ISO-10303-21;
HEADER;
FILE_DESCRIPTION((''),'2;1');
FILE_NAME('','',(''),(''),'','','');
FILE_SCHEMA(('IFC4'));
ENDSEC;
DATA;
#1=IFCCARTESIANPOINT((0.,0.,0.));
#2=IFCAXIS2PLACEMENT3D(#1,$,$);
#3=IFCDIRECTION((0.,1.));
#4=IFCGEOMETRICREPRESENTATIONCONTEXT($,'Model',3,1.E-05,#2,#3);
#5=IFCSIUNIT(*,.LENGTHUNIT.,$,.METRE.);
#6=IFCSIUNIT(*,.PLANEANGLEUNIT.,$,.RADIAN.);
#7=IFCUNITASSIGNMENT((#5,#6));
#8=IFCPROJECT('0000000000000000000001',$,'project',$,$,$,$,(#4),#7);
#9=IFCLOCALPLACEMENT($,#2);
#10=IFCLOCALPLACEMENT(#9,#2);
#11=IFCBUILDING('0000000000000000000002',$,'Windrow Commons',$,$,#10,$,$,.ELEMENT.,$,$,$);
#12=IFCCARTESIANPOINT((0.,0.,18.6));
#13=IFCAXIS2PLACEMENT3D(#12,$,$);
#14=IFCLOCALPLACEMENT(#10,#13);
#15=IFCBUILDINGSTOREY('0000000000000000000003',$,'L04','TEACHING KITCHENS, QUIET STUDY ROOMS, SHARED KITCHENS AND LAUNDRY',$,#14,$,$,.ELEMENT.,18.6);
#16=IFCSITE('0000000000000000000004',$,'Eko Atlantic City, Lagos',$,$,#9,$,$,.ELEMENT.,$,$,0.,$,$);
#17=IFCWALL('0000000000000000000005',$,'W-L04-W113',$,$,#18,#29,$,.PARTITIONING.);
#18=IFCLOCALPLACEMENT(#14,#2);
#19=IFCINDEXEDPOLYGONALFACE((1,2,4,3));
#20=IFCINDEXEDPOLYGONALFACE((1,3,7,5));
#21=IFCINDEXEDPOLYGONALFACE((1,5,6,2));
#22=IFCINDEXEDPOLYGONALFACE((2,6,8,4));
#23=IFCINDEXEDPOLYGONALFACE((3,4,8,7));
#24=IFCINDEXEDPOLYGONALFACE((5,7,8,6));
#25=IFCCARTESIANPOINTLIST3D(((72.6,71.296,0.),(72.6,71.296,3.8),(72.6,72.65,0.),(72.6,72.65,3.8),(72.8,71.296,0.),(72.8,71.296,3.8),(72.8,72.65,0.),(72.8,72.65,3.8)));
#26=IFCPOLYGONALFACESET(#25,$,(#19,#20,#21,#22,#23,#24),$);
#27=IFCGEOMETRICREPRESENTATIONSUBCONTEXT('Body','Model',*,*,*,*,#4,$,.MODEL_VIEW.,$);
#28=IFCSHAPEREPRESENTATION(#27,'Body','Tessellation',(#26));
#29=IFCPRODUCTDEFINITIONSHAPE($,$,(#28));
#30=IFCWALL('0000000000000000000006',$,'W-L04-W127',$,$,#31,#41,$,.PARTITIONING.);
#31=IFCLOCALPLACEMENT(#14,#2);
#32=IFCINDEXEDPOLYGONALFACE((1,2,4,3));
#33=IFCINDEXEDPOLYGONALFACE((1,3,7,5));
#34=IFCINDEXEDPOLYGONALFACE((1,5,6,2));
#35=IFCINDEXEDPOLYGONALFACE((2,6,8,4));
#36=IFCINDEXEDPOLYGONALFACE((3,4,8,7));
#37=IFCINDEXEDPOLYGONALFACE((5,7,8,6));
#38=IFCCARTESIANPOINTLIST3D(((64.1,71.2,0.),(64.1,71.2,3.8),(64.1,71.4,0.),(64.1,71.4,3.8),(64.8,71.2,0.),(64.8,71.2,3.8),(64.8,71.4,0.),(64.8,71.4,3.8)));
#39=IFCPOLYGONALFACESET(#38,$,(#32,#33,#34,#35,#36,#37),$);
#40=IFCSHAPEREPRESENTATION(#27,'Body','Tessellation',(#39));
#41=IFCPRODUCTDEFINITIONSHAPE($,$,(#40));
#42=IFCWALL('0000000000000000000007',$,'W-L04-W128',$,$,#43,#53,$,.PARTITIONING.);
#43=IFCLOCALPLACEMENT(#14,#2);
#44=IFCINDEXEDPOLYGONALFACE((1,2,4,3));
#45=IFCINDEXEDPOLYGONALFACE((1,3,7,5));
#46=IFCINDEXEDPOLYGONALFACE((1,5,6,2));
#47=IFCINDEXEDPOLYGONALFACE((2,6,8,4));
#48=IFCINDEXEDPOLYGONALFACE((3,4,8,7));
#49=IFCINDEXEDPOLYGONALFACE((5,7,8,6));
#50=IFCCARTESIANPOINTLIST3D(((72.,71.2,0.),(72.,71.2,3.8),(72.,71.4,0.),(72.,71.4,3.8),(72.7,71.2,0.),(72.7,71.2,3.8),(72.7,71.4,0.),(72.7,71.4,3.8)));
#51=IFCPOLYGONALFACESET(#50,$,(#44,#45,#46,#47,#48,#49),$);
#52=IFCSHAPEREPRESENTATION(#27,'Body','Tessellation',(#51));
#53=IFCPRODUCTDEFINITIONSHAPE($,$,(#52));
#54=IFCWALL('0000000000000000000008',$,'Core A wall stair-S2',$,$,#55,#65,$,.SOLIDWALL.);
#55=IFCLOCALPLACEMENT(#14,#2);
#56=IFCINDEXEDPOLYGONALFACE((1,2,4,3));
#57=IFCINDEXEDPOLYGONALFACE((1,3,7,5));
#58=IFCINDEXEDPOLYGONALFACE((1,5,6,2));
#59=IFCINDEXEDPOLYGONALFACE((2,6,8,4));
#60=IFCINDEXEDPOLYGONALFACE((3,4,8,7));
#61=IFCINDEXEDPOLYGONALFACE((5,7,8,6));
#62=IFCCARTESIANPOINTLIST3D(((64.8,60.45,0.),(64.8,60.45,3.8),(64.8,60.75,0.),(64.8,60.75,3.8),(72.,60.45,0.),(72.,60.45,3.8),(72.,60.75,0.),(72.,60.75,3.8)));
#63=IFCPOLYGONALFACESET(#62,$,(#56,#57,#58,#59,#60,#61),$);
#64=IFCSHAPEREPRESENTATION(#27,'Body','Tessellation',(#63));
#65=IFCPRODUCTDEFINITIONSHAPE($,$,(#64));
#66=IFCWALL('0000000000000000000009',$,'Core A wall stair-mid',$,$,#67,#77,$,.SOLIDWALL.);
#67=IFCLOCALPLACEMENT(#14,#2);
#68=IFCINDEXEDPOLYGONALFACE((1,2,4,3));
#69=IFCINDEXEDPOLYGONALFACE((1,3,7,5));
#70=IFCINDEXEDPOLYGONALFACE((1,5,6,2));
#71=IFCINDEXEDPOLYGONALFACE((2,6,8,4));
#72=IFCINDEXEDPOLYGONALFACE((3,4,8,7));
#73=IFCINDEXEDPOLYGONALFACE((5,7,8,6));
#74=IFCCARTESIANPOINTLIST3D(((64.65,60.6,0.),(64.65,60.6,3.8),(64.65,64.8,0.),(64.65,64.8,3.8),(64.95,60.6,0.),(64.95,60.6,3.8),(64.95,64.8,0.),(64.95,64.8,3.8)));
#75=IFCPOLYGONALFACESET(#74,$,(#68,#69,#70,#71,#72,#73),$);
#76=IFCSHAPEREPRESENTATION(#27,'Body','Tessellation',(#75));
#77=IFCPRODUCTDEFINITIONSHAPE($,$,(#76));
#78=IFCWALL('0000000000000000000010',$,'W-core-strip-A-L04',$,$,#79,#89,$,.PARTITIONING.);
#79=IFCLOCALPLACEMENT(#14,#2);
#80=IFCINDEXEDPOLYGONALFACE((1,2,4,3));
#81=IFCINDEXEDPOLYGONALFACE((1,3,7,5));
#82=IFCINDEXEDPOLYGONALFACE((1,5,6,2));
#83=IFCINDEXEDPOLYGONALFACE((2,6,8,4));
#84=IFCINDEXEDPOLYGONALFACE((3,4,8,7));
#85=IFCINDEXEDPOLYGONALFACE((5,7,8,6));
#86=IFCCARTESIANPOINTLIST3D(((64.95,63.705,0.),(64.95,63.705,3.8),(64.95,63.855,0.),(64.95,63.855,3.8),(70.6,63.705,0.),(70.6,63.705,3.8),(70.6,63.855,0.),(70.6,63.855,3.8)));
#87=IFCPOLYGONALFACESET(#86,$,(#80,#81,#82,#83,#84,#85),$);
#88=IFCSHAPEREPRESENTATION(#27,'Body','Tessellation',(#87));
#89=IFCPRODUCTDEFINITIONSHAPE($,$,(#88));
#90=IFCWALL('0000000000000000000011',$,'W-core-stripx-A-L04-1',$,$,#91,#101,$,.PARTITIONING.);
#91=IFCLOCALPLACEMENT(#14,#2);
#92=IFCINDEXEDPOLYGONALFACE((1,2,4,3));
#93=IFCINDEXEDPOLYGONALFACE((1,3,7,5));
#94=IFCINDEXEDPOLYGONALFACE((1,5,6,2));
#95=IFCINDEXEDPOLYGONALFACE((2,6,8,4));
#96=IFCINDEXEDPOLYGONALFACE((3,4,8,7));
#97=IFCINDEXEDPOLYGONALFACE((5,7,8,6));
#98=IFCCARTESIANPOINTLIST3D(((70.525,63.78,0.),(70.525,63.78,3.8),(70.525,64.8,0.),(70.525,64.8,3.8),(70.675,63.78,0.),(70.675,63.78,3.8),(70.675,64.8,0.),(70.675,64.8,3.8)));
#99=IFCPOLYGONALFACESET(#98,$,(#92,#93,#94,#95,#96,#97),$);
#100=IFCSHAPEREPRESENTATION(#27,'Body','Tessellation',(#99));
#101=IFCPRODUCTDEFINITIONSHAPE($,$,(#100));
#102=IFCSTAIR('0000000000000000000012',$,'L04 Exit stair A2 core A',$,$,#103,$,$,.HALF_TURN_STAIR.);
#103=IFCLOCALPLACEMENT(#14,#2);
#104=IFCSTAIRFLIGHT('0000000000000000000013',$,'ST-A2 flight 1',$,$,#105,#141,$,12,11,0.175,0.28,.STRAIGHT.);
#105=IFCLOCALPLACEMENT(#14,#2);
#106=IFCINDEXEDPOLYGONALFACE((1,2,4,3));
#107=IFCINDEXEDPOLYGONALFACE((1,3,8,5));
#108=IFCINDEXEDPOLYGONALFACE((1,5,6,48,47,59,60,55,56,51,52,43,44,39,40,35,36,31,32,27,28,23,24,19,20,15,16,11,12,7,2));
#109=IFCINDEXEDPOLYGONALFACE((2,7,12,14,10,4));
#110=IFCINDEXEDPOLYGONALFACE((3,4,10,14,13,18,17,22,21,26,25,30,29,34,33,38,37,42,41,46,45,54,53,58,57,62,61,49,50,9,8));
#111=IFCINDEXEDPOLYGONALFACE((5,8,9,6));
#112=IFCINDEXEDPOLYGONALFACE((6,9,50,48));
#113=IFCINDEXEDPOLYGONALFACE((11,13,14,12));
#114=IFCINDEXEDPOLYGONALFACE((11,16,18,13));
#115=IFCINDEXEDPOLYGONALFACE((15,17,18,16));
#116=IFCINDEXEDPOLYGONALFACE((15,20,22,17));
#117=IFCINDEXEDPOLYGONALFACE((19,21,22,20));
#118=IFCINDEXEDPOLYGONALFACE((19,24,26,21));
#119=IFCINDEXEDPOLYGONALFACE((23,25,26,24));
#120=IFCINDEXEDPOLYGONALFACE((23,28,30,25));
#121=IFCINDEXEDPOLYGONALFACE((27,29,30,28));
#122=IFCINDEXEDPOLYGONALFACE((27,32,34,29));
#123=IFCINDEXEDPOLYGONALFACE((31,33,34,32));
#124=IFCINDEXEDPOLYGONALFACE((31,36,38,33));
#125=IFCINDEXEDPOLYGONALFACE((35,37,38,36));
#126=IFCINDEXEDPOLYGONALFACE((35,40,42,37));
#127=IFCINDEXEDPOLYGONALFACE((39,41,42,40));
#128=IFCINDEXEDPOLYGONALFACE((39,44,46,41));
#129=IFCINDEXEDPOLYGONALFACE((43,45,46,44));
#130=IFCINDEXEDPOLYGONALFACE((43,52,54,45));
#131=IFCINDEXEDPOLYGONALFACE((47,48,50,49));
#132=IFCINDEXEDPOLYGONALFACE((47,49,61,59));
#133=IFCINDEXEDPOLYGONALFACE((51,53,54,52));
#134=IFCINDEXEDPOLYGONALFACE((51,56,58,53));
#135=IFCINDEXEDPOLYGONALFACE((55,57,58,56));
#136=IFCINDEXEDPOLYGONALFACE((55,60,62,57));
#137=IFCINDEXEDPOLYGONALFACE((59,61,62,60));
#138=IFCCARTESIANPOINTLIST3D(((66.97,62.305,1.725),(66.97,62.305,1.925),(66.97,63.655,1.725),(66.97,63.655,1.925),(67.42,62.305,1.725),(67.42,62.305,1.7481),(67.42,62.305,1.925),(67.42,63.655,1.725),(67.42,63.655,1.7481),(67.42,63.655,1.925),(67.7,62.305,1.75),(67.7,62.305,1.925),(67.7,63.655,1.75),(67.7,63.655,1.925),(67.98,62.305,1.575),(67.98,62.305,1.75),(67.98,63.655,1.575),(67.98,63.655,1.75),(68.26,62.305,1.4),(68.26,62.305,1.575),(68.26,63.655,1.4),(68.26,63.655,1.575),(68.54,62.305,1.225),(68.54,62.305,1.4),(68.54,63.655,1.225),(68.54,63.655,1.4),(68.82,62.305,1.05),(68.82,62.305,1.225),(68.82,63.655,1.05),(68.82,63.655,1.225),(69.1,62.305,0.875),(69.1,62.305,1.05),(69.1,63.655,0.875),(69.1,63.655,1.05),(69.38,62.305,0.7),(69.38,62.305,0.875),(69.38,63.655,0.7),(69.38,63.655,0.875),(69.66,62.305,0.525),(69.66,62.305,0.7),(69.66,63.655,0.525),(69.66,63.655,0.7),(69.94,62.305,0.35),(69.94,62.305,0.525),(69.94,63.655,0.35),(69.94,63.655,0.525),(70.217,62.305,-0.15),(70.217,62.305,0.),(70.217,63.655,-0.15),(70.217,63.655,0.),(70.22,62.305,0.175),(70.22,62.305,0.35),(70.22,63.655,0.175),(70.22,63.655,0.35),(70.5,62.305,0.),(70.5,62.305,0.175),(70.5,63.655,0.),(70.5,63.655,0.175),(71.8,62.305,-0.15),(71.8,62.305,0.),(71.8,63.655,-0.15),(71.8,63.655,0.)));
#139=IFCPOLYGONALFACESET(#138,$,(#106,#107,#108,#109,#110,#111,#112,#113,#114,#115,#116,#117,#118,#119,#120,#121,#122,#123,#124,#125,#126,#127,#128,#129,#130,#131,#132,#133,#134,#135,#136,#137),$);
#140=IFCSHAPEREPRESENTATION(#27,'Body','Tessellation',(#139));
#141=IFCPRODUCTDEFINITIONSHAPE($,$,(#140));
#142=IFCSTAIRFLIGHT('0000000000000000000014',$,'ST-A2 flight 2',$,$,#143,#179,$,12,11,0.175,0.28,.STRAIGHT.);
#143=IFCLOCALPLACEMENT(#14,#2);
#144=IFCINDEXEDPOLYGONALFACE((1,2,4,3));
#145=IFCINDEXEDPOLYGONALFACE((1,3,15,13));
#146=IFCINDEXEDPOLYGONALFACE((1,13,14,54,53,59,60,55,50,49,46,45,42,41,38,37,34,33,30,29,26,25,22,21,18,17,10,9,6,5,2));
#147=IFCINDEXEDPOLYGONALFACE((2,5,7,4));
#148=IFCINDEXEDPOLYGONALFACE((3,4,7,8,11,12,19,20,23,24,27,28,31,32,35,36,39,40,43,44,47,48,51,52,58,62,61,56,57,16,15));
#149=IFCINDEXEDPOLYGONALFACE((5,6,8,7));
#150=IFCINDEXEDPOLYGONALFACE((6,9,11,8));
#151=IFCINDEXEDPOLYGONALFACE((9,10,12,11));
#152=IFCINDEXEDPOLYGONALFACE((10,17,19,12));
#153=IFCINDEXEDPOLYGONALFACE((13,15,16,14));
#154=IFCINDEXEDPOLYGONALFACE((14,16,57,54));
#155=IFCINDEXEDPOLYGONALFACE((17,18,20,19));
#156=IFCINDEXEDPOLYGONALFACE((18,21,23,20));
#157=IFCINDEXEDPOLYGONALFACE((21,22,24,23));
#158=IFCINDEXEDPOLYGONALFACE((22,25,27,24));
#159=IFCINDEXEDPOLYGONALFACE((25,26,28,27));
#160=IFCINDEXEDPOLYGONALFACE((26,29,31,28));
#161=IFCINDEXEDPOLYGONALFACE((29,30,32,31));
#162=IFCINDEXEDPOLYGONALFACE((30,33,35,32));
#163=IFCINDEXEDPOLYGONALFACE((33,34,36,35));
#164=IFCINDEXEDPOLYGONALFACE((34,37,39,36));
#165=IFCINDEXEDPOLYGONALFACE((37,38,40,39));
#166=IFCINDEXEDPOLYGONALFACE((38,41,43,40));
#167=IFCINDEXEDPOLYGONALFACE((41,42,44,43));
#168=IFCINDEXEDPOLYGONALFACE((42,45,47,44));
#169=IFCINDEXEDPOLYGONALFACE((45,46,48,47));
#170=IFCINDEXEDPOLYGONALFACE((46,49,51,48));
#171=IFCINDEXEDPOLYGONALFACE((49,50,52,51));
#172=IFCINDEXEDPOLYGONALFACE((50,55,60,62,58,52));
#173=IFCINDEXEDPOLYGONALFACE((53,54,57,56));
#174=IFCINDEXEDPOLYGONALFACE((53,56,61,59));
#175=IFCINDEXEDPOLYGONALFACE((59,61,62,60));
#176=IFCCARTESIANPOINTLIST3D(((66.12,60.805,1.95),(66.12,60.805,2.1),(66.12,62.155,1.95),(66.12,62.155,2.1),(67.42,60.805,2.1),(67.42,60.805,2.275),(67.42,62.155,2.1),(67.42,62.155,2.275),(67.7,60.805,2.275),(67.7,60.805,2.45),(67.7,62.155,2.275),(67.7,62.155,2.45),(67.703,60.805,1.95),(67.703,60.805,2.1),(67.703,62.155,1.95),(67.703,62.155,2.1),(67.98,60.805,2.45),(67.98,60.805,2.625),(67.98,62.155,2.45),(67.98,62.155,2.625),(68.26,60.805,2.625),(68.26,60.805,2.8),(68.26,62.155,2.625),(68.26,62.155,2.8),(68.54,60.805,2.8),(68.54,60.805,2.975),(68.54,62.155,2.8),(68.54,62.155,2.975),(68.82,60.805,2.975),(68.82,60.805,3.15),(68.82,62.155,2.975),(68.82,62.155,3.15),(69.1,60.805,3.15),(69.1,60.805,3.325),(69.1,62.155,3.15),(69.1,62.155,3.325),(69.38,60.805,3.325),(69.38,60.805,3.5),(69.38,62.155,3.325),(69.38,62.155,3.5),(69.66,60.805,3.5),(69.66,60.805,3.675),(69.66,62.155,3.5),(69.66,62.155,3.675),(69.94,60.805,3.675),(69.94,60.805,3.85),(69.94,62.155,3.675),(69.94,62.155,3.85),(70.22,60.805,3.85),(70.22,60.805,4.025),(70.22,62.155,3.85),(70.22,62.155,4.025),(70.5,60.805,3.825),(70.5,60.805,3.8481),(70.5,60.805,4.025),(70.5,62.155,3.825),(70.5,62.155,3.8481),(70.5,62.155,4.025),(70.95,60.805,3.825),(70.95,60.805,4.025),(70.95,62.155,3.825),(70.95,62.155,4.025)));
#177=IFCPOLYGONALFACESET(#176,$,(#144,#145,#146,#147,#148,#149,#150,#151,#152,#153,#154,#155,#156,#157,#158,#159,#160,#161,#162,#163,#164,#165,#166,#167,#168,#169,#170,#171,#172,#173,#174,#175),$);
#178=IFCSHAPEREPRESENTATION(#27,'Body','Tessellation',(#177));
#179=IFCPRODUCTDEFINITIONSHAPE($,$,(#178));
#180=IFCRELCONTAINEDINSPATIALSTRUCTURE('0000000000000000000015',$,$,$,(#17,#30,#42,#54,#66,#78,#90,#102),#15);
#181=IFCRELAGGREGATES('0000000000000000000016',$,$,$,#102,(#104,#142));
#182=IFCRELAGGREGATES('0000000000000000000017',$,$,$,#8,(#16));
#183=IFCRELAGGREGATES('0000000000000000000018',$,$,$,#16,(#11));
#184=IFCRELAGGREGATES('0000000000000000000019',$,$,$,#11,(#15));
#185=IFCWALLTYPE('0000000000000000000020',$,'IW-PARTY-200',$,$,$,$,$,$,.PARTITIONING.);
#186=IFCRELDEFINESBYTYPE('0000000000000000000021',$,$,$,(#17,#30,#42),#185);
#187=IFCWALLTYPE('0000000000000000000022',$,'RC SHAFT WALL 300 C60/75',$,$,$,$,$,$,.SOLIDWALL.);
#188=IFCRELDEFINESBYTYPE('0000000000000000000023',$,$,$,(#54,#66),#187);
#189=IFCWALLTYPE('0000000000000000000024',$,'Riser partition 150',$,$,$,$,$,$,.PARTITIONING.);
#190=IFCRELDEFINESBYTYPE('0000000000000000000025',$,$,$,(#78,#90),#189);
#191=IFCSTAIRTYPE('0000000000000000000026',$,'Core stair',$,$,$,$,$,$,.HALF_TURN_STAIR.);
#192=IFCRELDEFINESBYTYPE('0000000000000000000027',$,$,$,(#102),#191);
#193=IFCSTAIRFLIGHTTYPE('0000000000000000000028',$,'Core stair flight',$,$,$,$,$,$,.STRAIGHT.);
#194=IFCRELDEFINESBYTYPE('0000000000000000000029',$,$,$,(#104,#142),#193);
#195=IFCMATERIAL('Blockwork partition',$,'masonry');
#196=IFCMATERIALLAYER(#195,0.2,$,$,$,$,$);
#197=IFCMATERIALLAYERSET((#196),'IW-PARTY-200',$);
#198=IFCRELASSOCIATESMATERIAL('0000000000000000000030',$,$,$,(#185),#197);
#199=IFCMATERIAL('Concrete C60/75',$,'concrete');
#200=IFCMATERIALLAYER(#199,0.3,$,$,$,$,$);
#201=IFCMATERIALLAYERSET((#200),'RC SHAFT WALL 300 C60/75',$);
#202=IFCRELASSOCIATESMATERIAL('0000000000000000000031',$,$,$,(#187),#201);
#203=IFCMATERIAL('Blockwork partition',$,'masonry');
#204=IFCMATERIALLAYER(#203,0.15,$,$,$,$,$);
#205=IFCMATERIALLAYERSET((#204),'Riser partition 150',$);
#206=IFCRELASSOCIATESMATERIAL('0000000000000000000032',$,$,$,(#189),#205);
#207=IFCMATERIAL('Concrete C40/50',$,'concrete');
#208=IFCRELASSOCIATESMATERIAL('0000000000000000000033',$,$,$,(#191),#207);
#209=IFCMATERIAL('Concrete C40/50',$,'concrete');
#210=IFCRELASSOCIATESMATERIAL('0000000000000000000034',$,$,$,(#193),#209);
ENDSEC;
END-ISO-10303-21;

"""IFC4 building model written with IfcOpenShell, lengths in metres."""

from ifc_helpers import new_model, si_unit, direction, frame, frame_2d, origin, place, context, subcontext, project, spatial, polyline, rectangle, outline, extrude, material, layer, layer_set, type_object, element, aggregate, save


model = new_model("IFC4")

# Units and contexts
model_context = context("Model", 3, precision=1e-05, world=origin(), true_north=direction((0.0, 1.0)))
body_context = subcontext(model_context, "Body", "Model", "MODEL_VIEW")
ifc_project = project(units=[si_unit("LENGTHUNIT", "METRE"), si_unit("PLANEANGLEUNIT", "RADIAN")], contexts=[model_context])

# Site, building, storey
site_placement = place(None, origin())
site = spatial("IfcSite", under=ifc_project, at=site_placement, Name="Eko Atlantic City, Lagos", CompositionType="ELEMENT", RefElevation=0.0)
building_placement = place(site_placement, origin())
building = spatial("IfcBuilding", under=site, at=building_placement, Name="Windrow Commons", CompositionType="ELEMENT")
storey_placement = place(building_placement, frame((0.0, 0.0, 18.6)))
storey = spatial("IfcBuildingStorey", under=building, at=storey_placement, Name="L04", Description="TEACHING KITCHENS, QUIET STUDY ROOMS, SHARED KITCHENS AND LAUNDRY", CompositionType="ELEMENT", Elevation=18.6)

# Walls
ifc_material_1 = material(Name="Blockwork partition", Category="masonry")
ifc_layer_1 = layer(ifc_material_1, 0.2)
ifc_layer_set_1 = layer_set([ifc_layer_1], Name="IW-PARTY-200")
wall_type_1 = type_object("IfcWallType", Name="IW-PARTY-200", PredefinedType="PARTITIONING", material=ifc_layer_set_1)
wall_1_placement = place(storey_placement, frame((72.7, 71.296, 0.0), z_axis=(0.0, 0.0, 1.0), x_axis=(0.0, 1.0, 0.0)))
element("IfcWall", 1, at=wall_1_placement, inside=storey, type_object=wall_type_1, Name="W-L04-W113", PredefinedType="PARTITIONING", context=body_context, shape_type="SweptSolid", body=[
    extrude(rectangle(XDim=1.354, YDim=0.2, at=frame_2d((0.677, 0.0))), origin(), (0.0, 0.0, 1.0), 3.8),
])
for number, where, z_axis, x_axis, name in (
    (2, (64.1, 71.3, 0.0), (0.0, 0.0, 1.0), (1.0, 0.0, 0.0), "W-L04-W127"),
    (3, (72.0, 71.3, 0.0), (0.0, 0.0, 1.0), (1.0, 0.0, 0.0), "W-L04-W128"),
):
    element("IfcWall", number, at=place(storey_placement, frame(where, z_axis=z_axis, x_axis=x_axis)), inside=storey, type_object=wall_type_1, Name=name, PredefinedType="PARTITIONING", context=body_context, shape_type="SweptSolid", body=[
        extrude(rectangle(XDim=0.7, YDim=0.2, at=frame_2d((0.35, 0.0))), origin(), (0.0, 0.0, 1.0), 3.8),
    ])
ifc_material_2 = material(Name="Concrete C60/75", Category="concrete")
ifc_layer_2 = layer(ifc_material_2, 0.3)
ifc_layer_set_2 = layer_set([ifc_layer_2], Name="RC SHAFT WALL 300 C60/75")
wall_type_2 = type_object("IfcWallType", Name="RC SHAFT WALL 300 C60/75", PredefinedType="SOLIDWALL", material=ifc_layer_set_2)
wall_2_placement = place(storey_placement, frame((64.8, 60.6, 0.0), z_axis=(0.0, 0.0, 1.0), x_axis=(1.0, 0.0, 0.0)))
element("IfcWall", 4, at=wall_2_placement, inside=storey, type_object=wall_type_2, Name="Core A wall stair-S2", PredefinedType="SOLIDWALL", context=body_context, shape_type="SweptSolid", body=[
    extrude(rectangle(XDim=7.2, YDim=0.3, at=frame_2d((3.6, 0.0))), origin(), (0.0, 0.0, 1.0), 3.8),
])
wall_3_placement = place(storey_placement, frame((64.8, 60.6, 0.0), z_axis=(0.0, 0.0, 1.0), x_axis=(0.0, 1.0, 0.0)))
element("IfcWall", 5, at=wall_3_placement, inside=storey, type_object=wall_type_2, Name="Core A wall stair-mid", PredefinedType="SOLIDWALL", context=body_context, shape_type="SweptSolid", body=[
    extrude(rectangle(XDim=4.2, YDim=0.3, at=frame_2d((2.1, 0.0))), origin(), (0.0, 0.0, 1.0), 3.8),
])
ifc_material_3 = material(Name="Blockwork partition", Category="masonry")
ifc_layer_3 = layer(ifc_material_3, 0.15)
ifc_layer_set_3 = layer_set([ifc_layer_3], Name="Riser partition 150")
wall_type_3 = type_object("IfcWallType", Name="Riser partition 150", PredefinedType="PARTITIONING", material=ifc_layer_set_3)
wall_4_placement = place(storey_placement, frame((64.95, 63.78, 0.0), z_axis=(0.0, 0.0, 1.0), x_axis=(1.0, 0.0, 0.0)))
element("IfcWall", 6, at=wall_4_placement, inside=storey, type_object=wall_type_3, Name="W-core-strip-A-L04", PredefinedType="PARTITIONING", context=body_context, shape_type="SweptSolid", body=[
    extrude(rectangle(XDim=5.65, YDim=0.15, at=frame_2d((2.825, 0.0))), origin(), (0.0, 0.0, 1.0), 3.8),
])
wall_5_placement = place(storey_placement, frame((70.6, 63.78, 0.0), z_axis=(0.0, 0.0, 1.0), x_axis=(0.0, 1.0, 0.0)))
element("IfcWall", 7, at=wall_5_placement, inside=storey, type_object=wall_type_3, Name="W-core-stripx-A-L04-1", PredefinedType="PARTITIONING", context=body_context, shape_type="SweptSolid", body=[
    extrude(rectangle(XDim=1.02, YDim=0.15, at=frame_2d((0.51, 0.0))), origin(), (0.0, 0.0, 1.0), 3.8),
])

# Stair, stair flights
ifc_material_4 = material(Name="Concrete C40/50", Category="concrete")
stair_type = type_object("IfcStairType", Name="Core stair", PredefinedType="HALF_TURN_STAIR", material=ifc_material_4)
stair_placement = place(storey_placement, origin())
stair = element("IfcStair", 8, at=stair_placement, inside=storey, type_object=stair_type, Name="L04 Exit stair A2 core A", PredefinedType="HALF_TURN_STAIR")
ifc_material_5 = material(Name="Concrete C40/50", Category="concrete")
stair_flight_type = type_object("IfcStairFlightType", Name="Core stair flight", PredefinedType="STRAIGHT", material=ifc_material_5)
stair_flight_1_placement = place(storey_placement, frame((70.5, 62.98, 0.0), z_axis=(0.0, 0.0, 1.0), x_axis=(-1.0, 0.0, 0.0)))
stair_flight_1 = element("IfcStairFlight", 9, at=stair_flight_1_placement, type_object=stair_flight_type, Name="ST-A2 flight 1", NumberOfRisers=12, NumberOfTreads=11, PredefinedType="STRAIGHT", RiserHeight=0.175, TreadLength=0.28, context=body_context, shape_type="SweptSolid", body=[
    extrude(outline(polyline([(-1.3, -0.15), (-1.3, 0.0), (0.0, 0.0), (0.0, 0.175), (0.28, 0.175), (0.28, 0.35), (0.56, 0.35), (0.56, 0.525), (0.84, 0.525), (0.84, 0.7), (1.12, 0.7), (1.12, 0.875), (1.4, 0.875), (1.4, 1.05), (1.68, 1.05), (1.68, 1.225), (1.96, 1.225), (1.96, 1.4), (2.24, 1.4), (2.24, 1.575), (2.52, 1.575), (2.52, 1.75), (2.8, 1.75), (2.8, 1.925), (3.08, 1.925), (3.53, 1.925), (3.53, 1.725), (3.08, 1.725), (3.08, 1.7481), (0.283, 0.0), (0.283, -0.15), (-1.3, -0.15)])), frame((0.0, 0.675, 0.0), z_axis=(0.0, -1.0, 0.0), x_axis=(1.0, 0.0, 0.0)), (0.0, 0.0, 1.0), 1.35),
])
stair_flight_2_placement = place(storey_placement, frame((67.42, 61.48, 2.1), z_axis=(0.0, 0.0, 1.0), x_axis=(1.0, 0.0, 0.0)))
stair_flight_2 = element("IfcStairFlight", 10, at=stair_flight_2_placement, type_object=stair_flight_type, Name="ST-A2 flight 2", NumberOfRisers=12, NumberOfTreads=11, PredefinedType="STRAIGHT", RiserHeight=0.175, TreadLength=0.28, context=body_context, shape_type="SweptSolid", body=[
    extrude(outline(polyline([(-1.3, -0.15), (-1.3, 0.0), (0.0, 0.0), (0.0, 0.175), (0.28, 0.175), (0.28, 0.35), (0.56, 0.35), (0.56, 0.525), (0.84, 0.525), (0.84, 0.7), (1.12, 0.7), (1.12, 0.875), (1.4, 0.875), (1.4, 1.05), (1.68, 1.05), (1.68, 1.225), (1.96, 1.225), (1.96, 1.4), (2.24, 1.4), (2.24, 1.575), (2.52, 1.575), (2.52, 1.75), (2.8, 1.75), (2.8, 1.925), (3.08, 1.925), (3.53, 1.925), (3.53, 1.725), (3.08, 1.725), (3.08, 1.7481), (0.283, 0.0), (0.283, -0.15), (-1.3, -0.15)])), frame((0.0, 0.675, 0.0), z_axis=(0.0, -1.0, 0.0), x_axis=(1.0, 0.0, 0.0)), (0.0, 0.0, 1.0), 1.35),
])
aggregate(stair, [stair_flight_1, stair_flight_2])

save(model, "model.ifc")
